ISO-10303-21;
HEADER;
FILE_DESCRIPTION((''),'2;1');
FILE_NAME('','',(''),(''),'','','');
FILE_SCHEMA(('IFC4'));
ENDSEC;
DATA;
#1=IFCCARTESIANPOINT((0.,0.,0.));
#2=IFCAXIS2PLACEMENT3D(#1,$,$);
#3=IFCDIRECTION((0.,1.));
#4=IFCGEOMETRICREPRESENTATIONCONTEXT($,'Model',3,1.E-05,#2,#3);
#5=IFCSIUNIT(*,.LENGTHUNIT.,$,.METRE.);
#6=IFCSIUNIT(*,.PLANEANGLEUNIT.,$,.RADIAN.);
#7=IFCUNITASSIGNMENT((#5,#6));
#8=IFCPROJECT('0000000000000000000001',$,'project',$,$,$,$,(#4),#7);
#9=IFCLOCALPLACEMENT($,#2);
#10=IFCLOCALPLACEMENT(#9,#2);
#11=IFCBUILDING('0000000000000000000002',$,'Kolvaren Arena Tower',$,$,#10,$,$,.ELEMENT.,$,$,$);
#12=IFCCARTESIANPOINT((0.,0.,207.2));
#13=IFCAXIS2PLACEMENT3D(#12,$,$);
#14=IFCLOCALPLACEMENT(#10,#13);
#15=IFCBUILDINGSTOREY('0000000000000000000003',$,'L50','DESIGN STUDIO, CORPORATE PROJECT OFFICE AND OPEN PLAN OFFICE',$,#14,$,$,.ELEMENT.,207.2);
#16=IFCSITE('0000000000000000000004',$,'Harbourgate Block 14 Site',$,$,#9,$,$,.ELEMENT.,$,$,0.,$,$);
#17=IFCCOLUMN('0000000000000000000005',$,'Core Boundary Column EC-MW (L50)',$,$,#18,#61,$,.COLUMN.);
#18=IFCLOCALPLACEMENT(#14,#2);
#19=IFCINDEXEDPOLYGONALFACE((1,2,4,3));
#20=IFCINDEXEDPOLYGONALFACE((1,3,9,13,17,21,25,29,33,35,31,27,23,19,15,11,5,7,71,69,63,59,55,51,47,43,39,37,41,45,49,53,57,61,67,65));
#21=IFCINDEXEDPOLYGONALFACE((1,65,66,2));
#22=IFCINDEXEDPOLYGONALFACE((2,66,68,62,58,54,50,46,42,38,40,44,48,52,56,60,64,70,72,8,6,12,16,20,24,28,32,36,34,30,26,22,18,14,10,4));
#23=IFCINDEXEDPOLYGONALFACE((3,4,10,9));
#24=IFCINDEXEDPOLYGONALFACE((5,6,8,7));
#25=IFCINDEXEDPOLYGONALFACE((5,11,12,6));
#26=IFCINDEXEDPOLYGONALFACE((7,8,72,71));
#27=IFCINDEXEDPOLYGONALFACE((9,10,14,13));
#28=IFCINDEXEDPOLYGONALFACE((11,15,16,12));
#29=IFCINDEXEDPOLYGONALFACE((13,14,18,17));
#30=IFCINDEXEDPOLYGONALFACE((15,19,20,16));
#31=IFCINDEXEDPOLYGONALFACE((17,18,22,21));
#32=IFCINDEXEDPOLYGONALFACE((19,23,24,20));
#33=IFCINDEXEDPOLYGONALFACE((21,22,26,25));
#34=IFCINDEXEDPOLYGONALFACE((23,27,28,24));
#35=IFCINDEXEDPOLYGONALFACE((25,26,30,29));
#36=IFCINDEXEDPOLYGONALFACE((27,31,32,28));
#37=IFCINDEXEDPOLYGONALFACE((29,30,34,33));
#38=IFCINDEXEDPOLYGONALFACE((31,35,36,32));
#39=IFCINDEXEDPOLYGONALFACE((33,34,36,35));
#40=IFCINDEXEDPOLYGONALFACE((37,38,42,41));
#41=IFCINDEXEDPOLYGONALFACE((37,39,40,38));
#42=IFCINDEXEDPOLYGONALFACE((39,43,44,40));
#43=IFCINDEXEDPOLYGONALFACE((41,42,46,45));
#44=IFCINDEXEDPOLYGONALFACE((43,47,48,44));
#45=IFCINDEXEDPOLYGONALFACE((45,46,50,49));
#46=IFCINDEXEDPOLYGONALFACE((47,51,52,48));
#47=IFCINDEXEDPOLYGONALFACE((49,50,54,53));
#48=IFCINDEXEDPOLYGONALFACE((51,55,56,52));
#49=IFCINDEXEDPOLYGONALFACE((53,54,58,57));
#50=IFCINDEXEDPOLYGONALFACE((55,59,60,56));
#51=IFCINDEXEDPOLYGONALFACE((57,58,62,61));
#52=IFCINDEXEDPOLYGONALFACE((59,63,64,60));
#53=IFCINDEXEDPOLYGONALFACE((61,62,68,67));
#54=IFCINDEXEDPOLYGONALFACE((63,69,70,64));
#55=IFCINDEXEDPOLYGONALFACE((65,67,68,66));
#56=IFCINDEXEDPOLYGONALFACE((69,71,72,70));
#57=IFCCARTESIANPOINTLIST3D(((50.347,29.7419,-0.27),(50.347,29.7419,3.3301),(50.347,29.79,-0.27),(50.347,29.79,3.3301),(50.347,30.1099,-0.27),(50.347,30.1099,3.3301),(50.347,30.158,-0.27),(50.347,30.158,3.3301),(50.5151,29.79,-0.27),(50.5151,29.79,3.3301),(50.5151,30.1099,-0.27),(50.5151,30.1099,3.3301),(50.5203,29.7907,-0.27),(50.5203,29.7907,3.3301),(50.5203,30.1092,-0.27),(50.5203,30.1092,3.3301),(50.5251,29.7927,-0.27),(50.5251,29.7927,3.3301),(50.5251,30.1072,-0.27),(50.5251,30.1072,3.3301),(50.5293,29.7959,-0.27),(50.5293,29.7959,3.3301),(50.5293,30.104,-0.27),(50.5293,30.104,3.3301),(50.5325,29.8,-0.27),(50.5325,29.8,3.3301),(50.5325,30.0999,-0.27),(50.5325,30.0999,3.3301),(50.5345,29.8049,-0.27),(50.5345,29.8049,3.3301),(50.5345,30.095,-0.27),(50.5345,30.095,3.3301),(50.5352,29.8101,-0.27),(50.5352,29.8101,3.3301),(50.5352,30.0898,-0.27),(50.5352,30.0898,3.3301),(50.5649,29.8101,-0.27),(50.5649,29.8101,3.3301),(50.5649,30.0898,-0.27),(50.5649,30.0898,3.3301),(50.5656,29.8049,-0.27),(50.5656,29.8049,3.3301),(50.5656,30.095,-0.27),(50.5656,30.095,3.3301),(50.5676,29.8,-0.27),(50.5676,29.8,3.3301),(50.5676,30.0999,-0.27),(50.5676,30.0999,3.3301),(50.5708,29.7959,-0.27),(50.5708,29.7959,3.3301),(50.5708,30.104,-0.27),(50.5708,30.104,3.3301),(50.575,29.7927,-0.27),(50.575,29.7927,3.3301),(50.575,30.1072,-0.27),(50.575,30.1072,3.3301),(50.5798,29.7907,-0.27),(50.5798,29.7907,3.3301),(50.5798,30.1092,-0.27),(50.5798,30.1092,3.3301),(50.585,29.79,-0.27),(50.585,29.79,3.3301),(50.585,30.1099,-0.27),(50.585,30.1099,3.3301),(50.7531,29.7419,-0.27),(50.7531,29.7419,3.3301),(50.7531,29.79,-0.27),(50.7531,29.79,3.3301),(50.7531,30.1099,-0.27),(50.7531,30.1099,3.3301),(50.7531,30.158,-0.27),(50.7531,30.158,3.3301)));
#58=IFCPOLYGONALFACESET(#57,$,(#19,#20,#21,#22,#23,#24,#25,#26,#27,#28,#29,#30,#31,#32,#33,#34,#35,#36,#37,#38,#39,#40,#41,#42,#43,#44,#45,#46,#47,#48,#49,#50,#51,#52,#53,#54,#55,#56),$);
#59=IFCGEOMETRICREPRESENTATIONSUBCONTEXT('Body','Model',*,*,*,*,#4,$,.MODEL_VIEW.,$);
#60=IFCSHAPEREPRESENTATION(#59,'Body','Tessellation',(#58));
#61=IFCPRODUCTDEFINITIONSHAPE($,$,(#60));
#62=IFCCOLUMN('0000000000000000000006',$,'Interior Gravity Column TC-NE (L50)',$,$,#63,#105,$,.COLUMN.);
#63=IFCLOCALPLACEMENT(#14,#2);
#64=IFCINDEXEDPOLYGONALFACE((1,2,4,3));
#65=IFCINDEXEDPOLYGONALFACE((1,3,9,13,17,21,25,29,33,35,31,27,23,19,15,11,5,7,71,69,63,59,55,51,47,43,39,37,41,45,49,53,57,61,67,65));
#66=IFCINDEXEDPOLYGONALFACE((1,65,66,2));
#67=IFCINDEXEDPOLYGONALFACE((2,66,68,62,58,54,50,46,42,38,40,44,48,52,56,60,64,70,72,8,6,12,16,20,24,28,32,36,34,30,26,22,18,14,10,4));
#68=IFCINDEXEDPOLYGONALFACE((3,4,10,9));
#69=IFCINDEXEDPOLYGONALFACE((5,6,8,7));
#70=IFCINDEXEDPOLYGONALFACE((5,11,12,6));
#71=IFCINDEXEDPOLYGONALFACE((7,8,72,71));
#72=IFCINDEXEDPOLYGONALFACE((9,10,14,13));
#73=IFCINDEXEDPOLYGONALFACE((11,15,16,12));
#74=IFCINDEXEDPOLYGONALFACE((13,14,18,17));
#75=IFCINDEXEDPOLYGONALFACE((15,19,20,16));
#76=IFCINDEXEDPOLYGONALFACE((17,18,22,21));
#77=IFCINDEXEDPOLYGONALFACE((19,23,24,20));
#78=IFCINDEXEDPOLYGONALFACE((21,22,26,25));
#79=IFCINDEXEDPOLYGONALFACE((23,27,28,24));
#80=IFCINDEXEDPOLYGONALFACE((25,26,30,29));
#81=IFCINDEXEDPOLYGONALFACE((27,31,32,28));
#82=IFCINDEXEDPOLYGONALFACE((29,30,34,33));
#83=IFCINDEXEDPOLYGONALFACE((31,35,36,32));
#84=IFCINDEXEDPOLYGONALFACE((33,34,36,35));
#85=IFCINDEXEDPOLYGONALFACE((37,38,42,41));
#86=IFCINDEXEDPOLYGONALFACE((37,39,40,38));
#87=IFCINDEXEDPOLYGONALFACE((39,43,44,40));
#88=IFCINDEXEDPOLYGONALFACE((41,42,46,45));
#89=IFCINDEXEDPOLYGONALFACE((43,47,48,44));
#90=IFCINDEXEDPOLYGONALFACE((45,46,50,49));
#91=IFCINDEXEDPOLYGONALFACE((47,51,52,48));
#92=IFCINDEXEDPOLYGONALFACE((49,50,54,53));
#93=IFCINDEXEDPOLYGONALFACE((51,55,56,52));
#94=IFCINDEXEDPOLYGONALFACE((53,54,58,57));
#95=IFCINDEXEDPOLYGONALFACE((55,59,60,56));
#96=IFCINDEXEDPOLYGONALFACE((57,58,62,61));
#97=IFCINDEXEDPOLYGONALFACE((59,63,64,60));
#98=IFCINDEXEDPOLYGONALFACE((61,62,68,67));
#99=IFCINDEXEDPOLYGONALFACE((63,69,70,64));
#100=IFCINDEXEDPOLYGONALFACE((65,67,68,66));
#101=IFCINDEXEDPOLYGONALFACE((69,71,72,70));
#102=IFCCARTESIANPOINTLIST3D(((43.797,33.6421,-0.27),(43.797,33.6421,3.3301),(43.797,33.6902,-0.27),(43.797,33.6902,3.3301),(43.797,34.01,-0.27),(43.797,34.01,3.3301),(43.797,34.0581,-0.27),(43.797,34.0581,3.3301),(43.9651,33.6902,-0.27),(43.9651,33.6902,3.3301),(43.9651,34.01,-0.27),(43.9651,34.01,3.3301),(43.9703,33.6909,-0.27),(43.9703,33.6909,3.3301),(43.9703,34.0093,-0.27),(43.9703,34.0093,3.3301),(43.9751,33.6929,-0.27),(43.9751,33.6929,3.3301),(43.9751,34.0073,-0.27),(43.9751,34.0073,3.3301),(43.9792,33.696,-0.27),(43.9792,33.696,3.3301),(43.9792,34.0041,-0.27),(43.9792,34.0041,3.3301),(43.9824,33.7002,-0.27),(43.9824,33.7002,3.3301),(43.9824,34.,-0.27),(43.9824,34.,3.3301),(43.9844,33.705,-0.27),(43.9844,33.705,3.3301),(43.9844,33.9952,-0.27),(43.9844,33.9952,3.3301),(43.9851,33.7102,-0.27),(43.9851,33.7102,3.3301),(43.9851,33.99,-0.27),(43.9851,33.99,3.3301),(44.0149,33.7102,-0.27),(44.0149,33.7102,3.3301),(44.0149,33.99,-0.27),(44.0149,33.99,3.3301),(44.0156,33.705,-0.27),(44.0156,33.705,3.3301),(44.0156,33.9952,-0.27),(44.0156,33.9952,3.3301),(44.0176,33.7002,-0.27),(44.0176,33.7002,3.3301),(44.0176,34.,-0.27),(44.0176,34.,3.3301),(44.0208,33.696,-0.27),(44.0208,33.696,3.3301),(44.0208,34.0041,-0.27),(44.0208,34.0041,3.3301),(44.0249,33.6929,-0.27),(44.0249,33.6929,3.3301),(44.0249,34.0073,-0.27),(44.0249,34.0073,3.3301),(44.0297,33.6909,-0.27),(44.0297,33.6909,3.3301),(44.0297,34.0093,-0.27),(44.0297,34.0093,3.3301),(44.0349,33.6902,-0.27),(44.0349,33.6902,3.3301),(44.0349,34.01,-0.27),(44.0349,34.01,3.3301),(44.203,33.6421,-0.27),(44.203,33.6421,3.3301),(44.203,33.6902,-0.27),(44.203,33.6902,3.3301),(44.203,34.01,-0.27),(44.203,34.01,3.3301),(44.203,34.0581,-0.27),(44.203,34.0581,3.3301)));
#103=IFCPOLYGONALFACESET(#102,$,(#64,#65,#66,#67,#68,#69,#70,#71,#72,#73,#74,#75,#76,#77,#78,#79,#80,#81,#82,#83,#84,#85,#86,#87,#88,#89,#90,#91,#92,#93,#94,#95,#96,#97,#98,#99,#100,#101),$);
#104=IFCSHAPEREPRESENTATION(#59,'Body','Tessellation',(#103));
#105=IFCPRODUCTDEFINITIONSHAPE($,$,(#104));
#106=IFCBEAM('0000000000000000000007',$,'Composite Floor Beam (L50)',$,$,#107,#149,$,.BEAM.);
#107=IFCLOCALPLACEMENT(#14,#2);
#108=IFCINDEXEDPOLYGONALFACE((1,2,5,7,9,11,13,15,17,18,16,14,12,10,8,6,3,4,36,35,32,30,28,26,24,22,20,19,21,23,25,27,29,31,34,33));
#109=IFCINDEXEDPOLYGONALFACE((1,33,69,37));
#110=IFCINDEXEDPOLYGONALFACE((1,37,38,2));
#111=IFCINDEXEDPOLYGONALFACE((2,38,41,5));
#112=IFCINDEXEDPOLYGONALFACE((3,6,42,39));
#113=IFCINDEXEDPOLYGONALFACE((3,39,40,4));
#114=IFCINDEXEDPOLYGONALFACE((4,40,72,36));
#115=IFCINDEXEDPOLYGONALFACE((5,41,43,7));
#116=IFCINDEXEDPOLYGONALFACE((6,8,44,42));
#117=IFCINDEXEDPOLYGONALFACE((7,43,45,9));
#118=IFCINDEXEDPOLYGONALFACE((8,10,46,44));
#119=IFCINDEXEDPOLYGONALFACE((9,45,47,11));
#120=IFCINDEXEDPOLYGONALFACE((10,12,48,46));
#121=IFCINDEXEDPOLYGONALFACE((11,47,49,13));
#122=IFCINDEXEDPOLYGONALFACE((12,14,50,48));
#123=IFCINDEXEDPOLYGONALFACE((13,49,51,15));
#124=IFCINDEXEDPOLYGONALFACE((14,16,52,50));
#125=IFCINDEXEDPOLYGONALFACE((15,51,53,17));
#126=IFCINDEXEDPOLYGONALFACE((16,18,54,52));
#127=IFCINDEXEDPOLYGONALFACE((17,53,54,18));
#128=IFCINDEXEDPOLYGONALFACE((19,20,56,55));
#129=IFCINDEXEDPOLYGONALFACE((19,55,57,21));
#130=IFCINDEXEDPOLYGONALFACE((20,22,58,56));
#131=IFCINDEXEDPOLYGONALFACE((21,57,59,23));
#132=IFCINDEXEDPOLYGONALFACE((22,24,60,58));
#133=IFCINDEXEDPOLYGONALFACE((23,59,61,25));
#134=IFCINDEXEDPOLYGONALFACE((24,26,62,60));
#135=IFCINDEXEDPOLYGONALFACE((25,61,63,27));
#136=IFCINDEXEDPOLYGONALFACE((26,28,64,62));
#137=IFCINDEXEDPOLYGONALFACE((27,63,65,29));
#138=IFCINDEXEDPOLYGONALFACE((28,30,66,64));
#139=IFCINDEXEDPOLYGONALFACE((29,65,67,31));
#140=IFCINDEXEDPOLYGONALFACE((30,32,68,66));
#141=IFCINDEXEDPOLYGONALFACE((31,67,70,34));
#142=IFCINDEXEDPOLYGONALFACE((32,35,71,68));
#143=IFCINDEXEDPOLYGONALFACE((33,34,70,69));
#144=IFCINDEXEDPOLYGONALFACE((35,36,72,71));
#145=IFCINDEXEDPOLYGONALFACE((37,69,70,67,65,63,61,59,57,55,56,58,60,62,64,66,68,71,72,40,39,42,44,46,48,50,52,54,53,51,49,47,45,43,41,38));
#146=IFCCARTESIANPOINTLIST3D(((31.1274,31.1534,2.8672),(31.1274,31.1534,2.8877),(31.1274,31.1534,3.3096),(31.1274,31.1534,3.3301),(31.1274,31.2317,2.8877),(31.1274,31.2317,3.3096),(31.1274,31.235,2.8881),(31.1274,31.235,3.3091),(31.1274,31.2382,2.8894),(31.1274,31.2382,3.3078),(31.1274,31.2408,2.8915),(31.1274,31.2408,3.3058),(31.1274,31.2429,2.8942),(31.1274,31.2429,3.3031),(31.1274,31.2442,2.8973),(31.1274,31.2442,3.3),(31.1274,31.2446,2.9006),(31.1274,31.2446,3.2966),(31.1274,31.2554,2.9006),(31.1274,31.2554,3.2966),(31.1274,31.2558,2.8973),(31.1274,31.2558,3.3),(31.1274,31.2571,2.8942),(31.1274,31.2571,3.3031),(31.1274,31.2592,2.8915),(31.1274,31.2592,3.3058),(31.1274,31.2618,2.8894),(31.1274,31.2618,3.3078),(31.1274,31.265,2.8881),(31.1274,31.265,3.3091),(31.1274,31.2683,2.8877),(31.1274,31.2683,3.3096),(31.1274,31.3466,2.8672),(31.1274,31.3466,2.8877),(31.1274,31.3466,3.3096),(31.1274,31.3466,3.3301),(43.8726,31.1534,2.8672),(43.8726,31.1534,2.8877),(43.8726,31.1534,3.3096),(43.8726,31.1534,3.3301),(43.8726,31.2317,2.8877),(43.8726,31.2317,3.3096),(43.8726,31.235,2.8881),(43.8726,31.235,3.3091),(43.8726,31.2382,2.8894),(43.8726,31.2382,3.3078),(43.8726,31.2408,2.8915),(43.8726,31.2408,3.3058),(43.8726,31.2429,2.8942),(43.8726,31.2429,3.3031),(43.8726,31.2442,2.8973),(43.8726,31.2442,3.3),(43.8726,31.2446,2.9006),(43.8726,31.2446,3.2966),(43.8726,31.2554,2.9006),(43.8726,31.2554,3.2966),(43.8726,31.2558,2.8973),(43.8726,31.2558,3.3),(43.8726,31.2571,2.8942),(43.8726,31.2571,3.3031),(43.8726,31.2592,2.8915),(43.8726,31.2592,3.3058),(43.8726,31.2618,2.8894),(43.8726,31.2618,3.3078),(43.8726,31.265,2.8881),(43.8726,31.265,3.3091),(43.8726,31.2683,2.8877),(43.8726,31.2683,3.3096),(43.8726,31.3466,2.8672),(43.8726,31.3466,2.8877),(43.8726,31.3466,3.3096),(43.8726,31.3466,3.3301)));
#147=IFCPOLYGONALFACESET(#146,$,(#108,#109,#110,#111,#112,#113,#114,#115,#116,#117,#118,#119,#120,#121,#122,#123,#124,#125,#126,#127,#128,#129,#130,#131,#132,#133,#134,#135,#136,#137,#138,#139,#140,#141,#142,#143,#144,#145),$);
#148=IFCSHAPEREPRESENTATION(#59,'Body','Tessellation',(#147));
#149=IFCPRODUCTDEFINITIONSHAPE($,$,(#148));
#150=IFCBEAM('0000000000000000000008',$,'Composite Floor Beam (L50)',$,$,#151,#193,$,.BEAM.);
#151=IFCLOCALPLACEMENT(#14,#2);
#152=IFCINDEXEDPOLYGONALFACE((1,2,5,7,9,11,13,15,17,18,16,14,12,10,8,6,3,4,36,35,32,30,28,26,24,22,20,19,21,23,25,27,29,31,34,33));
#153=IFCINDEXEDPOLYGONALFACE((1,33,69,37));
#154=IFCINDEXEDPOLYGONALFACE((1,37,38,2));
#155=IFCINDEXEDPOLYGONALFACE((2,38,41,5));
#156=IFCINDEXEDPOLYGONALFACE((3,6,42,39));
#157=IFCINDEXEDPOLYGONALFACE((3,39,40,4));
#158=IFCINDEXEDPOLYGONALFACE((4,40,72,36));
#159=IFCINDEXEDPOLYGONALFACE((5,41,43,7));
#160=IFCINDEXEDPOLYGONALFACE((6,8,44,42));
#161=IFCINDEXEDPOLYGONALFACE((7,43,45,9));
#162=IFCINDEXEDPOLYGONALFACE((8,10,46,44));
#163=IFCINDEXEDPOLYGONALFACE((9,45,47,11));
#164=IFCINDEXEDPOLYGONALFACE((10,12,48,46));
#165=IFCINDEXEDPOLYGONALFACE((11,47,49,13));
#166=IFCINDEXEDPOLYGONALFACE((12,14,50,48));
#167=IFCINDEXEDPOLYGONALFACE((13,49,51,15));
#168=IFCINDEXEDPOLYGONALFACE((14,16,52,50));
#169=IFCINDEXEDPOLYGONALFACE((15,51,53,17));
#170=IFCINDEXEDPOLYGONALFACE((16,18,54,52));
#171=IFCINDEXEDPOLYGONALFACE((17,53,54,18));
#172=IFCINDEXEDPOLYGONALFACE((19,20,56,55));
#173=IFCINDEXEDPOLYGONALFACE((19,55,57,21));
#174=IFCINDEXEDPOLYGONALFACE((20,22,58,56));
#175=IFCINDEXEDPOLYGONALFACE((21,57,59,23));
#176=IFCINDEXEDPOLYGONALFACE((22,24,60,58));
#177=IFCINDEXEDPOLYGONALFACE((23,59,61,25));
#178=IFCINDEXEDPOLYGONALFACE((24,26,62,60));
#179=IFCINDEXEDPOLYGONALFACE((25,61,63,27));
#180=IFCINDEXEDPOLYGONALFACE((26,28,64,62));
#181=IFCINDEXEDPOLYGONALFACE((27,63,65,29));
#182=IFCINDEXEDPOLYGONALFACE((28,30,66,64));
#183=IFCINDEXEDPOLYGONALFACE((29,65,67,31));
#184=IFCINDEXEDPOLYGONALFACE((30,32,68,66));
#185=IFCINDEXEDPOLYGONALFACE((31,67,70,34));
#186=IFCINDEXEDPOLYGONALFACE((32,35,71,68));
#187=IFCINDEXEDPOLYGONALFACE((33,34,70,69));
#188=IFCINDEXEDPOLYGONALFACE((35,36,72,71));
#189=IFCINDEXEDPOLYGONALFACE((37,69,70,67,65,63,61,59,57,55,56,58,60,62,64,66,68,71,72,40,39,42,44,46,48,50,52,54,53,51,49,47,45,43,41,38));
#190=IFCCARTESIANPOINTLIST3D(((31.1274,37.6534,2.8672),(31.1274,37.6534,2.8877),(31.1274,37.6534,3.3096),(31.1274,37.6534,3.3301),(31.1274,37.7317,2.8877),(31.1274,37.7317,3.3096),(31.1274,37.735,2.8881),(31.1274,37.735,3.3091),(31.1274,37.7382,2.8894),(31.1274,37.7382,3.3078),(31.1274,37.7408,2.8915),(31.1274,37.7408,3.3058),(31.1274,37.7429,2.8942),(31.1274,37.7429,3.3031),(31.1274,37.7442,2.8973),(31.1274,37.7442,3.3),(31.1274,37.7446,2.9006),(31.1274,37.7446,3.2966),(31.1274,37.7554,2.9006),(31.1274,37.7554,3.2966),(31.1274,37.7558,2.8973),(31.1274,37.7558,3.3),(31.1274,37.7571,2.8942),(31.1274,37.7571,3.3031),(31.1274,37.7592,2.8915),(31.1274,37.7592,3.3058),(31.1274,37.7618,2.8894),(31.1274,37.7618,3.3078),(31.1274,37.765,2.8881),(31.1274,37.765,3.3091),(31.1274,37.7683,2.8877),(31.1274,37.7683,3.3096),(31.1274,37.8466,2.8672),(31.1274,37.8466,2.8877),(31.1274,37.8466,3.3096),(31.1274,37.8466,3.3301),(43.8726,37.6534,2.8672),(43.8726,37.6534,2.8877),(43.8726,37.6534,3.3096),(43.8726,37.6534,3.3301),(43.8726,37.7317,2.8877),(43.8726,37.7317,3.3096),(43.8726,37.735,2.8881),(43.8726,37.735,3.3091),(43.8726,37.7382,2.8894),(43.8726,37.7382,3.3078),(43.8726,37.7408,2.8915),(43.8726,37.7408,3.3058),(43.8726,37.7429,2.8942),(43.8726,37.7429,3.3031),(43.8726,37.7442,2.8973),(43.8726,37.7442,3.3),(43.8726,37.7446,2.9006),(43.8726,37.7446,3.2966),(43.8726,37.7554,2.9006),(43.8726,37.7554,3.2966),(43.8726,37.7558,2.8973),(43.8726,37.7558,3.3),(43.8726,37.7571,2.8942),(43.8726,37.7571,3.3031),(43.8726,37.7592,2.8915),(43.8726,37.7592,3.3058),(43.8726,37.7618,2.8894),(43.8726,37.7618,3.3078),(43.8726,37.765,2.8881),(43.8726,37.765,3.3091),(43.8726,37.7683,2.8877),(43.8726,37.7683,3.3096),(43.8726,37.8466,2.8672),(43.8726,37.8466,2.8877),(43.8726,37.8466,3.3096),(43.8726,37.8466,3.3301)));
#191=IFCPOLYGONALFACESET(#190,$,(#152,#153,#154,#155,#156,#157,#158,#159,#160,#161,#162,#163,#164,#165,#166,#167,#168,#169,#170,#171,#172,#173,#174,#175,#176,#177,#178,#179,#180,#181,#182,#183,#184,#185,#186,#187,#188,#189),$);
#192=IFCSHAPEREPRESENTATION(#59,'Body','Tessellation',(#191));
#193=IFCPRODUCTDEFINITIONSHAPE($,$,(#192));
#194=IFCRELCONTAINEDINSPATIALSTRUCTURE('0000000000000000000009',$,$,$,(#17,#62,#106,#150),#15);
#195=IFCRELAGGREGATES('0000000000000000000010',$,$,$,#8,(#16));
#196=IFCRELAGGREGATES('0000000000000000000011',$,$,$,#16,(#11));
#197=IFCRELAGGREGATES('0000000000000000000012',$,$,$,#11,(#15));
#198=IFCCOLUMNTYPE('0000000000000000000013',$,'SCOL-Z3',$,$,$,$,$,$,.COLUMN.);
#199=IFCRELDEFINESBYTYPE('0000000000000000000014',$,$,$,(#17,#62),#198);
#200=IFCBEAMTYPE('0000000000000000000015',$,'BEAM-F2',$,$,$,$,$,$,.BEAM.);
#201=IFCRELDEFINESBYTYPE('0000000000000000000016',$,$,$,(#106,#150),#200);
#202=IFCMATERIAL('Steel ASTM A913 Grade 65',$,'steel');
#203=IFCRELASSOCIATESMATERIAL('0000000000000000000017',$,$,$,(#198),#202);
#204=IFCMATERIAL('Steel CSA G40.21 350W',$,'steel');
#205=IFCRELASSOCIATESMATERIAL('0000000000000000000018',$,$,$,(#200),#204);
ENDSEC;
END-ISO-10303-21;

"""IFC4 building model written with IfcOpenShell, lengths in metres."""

from ifc_helpers import new_model, si_unit, direction, frame, origin, origin_2d, place, context, subcontext, project, spatial, i_section, extrude, material, material_profile, profile_set, type_object, element, save


model = new_model("IFC4")

# Units and contexts
model_context = context("Model", 3, precision=1e-05, world=origin(), true_north=direction((0.0, 1.0)))
body_context = subcontext(model_context, "Body", "Model", "MODEL_VIEW")
ifc_project = project(units=[si_unit("LENGTHUNIT", "METRE"), si_unit("PLANEANGLEUNIT", "RADIAN")], contexts=[model_context])

# Site, building, storey
site_placement = place(None, origin())
site = spatial("IfcSite", under=ifc_project, at=site_placement, Name="Harbourgate Block 14 Site", CompositionType="ELEMENT", RefElevation=0.0)
building_placement = place(site_placement, origin())
building = spatial("IfcBuilding", under=site, at=building_placement, Name="Kolvaren Arena Tower", CompositionType="ELEMENT")
storey_placement = place(building_placement, frame((0.0, 0.0, 207.2)))
storey = spatial("IfcBuildingStorey", under=building, at=storey_placement, Name="L50", Description="DESIGN STUDIO, CORPORATE PROJECT OFFICE AND OPEN PLAN OFFICE", CompositionType="ELEMENT", Elevation=207.2)

# Columns
ifc_material_1 = material(Name="Steel ASTM A913 Grade 65", Category="steel")
ifc_material_profile_1 = material_profile(ifc_material_1, i_section(OverallWidth=0.406, OverallDepth=0.416, WebThickness=0.0298, FlangeThickness=0.0481, FilletRadius=0.02, at=origin_2d()), Name="W360x382")
ifc_profile_set_1 = profile_set([ifc_material_profile_1], Name="Steel ASTM A913 Grade 65")
column_type = type_object("IfcColumnType", Name="SCOL-Z3", PredefinedType="COLUMN", material=ifc_profile_set_1)
for number, where, z_axis, x_axis, name in (
    (1, (50.55, 29.95, -0.27), (0.0, 0.0, 1.0), (1.0, 0.0, 0.0), "Core Boundary Column EC-MW (L50)"),
    (2, (44.0, 33.8501, -0.27), (0.0, 0.0, 1.0), (1.0, 0.0, 0.0), "Interior Gravity Column TC-NE (L50)"),
):
    element("IfcColumn", number, at=place(storey_placement, frame(where, z_axis=z_axis, x_axis=x_axis)), inside=storey, type_object=column_type, Name=name, PredefinedType="COLUMN", context=body_context, shape_type="SweptSolid", body=[
        extrude(i_section(OverallWidth=0.406, OverallDepth=0.416, WebThickness=0.0298, FlangeThickness=0.0481, FilletRadius=0.02, at=origin_2d()), origin(), (0.0, 0.0, 1.0), 3.6001),
    ])

# Beams
ifc_material_2 = material(Name="Steel CSA G40.21 350W", Category="steel")
ifc_material_profile_2 = material_profile(ifc_material_2, i_section(OverallWidth=0.1931, OverallDepth=0.4629, WebThickness=0.0107, FlangeThickness=0.0205, FilletRadius=0.0129, at=origin_2d()), Name="W460x113")
ifc_profile_set_2 = profile_set([ifc_material_profile_2], Name="Steel CSA G40.21 350W")
beam_type_1 = type_object("IfcBeamType", Name="BEAM-F2", PredefinedType="BEAM", material=ifc_profile_set_2)
for number, where, z_axis, x_axis, name in (
    (3, (31.1274, 31.25, 3.0986), (1.0, 0.0, 0.0), (0.0, 1.0, 0.0), "Composite Floor Beam (L50)"),
    (4, (31.1274, 37.75, 3.0986), (1.0, 0.0, 0.0), (0.0, 1.0, 0.0), "Composite Floor Beam (L50)"),
):
    element("IfcBeam", number, at=place(storey_placement, frame(where, z_axis=z_axis, x_axis=x_axis)), inside=storey, type_object=beam_type_1, Name=name, PredefinedType="BEAM", context=body_context, shape_type="SweptSolid", body=[
        extrude(i_section(OverallWidth=0.1931, OverallDepth=0.4629, WebThickness=0.0107, FlangeThickness=0.0205, FilletRadius=0.0129, at=origin_2d()), origin(), (0.0, 0.0, 1.0), 12.7451),
    ])

save(model, "model.ifc")
